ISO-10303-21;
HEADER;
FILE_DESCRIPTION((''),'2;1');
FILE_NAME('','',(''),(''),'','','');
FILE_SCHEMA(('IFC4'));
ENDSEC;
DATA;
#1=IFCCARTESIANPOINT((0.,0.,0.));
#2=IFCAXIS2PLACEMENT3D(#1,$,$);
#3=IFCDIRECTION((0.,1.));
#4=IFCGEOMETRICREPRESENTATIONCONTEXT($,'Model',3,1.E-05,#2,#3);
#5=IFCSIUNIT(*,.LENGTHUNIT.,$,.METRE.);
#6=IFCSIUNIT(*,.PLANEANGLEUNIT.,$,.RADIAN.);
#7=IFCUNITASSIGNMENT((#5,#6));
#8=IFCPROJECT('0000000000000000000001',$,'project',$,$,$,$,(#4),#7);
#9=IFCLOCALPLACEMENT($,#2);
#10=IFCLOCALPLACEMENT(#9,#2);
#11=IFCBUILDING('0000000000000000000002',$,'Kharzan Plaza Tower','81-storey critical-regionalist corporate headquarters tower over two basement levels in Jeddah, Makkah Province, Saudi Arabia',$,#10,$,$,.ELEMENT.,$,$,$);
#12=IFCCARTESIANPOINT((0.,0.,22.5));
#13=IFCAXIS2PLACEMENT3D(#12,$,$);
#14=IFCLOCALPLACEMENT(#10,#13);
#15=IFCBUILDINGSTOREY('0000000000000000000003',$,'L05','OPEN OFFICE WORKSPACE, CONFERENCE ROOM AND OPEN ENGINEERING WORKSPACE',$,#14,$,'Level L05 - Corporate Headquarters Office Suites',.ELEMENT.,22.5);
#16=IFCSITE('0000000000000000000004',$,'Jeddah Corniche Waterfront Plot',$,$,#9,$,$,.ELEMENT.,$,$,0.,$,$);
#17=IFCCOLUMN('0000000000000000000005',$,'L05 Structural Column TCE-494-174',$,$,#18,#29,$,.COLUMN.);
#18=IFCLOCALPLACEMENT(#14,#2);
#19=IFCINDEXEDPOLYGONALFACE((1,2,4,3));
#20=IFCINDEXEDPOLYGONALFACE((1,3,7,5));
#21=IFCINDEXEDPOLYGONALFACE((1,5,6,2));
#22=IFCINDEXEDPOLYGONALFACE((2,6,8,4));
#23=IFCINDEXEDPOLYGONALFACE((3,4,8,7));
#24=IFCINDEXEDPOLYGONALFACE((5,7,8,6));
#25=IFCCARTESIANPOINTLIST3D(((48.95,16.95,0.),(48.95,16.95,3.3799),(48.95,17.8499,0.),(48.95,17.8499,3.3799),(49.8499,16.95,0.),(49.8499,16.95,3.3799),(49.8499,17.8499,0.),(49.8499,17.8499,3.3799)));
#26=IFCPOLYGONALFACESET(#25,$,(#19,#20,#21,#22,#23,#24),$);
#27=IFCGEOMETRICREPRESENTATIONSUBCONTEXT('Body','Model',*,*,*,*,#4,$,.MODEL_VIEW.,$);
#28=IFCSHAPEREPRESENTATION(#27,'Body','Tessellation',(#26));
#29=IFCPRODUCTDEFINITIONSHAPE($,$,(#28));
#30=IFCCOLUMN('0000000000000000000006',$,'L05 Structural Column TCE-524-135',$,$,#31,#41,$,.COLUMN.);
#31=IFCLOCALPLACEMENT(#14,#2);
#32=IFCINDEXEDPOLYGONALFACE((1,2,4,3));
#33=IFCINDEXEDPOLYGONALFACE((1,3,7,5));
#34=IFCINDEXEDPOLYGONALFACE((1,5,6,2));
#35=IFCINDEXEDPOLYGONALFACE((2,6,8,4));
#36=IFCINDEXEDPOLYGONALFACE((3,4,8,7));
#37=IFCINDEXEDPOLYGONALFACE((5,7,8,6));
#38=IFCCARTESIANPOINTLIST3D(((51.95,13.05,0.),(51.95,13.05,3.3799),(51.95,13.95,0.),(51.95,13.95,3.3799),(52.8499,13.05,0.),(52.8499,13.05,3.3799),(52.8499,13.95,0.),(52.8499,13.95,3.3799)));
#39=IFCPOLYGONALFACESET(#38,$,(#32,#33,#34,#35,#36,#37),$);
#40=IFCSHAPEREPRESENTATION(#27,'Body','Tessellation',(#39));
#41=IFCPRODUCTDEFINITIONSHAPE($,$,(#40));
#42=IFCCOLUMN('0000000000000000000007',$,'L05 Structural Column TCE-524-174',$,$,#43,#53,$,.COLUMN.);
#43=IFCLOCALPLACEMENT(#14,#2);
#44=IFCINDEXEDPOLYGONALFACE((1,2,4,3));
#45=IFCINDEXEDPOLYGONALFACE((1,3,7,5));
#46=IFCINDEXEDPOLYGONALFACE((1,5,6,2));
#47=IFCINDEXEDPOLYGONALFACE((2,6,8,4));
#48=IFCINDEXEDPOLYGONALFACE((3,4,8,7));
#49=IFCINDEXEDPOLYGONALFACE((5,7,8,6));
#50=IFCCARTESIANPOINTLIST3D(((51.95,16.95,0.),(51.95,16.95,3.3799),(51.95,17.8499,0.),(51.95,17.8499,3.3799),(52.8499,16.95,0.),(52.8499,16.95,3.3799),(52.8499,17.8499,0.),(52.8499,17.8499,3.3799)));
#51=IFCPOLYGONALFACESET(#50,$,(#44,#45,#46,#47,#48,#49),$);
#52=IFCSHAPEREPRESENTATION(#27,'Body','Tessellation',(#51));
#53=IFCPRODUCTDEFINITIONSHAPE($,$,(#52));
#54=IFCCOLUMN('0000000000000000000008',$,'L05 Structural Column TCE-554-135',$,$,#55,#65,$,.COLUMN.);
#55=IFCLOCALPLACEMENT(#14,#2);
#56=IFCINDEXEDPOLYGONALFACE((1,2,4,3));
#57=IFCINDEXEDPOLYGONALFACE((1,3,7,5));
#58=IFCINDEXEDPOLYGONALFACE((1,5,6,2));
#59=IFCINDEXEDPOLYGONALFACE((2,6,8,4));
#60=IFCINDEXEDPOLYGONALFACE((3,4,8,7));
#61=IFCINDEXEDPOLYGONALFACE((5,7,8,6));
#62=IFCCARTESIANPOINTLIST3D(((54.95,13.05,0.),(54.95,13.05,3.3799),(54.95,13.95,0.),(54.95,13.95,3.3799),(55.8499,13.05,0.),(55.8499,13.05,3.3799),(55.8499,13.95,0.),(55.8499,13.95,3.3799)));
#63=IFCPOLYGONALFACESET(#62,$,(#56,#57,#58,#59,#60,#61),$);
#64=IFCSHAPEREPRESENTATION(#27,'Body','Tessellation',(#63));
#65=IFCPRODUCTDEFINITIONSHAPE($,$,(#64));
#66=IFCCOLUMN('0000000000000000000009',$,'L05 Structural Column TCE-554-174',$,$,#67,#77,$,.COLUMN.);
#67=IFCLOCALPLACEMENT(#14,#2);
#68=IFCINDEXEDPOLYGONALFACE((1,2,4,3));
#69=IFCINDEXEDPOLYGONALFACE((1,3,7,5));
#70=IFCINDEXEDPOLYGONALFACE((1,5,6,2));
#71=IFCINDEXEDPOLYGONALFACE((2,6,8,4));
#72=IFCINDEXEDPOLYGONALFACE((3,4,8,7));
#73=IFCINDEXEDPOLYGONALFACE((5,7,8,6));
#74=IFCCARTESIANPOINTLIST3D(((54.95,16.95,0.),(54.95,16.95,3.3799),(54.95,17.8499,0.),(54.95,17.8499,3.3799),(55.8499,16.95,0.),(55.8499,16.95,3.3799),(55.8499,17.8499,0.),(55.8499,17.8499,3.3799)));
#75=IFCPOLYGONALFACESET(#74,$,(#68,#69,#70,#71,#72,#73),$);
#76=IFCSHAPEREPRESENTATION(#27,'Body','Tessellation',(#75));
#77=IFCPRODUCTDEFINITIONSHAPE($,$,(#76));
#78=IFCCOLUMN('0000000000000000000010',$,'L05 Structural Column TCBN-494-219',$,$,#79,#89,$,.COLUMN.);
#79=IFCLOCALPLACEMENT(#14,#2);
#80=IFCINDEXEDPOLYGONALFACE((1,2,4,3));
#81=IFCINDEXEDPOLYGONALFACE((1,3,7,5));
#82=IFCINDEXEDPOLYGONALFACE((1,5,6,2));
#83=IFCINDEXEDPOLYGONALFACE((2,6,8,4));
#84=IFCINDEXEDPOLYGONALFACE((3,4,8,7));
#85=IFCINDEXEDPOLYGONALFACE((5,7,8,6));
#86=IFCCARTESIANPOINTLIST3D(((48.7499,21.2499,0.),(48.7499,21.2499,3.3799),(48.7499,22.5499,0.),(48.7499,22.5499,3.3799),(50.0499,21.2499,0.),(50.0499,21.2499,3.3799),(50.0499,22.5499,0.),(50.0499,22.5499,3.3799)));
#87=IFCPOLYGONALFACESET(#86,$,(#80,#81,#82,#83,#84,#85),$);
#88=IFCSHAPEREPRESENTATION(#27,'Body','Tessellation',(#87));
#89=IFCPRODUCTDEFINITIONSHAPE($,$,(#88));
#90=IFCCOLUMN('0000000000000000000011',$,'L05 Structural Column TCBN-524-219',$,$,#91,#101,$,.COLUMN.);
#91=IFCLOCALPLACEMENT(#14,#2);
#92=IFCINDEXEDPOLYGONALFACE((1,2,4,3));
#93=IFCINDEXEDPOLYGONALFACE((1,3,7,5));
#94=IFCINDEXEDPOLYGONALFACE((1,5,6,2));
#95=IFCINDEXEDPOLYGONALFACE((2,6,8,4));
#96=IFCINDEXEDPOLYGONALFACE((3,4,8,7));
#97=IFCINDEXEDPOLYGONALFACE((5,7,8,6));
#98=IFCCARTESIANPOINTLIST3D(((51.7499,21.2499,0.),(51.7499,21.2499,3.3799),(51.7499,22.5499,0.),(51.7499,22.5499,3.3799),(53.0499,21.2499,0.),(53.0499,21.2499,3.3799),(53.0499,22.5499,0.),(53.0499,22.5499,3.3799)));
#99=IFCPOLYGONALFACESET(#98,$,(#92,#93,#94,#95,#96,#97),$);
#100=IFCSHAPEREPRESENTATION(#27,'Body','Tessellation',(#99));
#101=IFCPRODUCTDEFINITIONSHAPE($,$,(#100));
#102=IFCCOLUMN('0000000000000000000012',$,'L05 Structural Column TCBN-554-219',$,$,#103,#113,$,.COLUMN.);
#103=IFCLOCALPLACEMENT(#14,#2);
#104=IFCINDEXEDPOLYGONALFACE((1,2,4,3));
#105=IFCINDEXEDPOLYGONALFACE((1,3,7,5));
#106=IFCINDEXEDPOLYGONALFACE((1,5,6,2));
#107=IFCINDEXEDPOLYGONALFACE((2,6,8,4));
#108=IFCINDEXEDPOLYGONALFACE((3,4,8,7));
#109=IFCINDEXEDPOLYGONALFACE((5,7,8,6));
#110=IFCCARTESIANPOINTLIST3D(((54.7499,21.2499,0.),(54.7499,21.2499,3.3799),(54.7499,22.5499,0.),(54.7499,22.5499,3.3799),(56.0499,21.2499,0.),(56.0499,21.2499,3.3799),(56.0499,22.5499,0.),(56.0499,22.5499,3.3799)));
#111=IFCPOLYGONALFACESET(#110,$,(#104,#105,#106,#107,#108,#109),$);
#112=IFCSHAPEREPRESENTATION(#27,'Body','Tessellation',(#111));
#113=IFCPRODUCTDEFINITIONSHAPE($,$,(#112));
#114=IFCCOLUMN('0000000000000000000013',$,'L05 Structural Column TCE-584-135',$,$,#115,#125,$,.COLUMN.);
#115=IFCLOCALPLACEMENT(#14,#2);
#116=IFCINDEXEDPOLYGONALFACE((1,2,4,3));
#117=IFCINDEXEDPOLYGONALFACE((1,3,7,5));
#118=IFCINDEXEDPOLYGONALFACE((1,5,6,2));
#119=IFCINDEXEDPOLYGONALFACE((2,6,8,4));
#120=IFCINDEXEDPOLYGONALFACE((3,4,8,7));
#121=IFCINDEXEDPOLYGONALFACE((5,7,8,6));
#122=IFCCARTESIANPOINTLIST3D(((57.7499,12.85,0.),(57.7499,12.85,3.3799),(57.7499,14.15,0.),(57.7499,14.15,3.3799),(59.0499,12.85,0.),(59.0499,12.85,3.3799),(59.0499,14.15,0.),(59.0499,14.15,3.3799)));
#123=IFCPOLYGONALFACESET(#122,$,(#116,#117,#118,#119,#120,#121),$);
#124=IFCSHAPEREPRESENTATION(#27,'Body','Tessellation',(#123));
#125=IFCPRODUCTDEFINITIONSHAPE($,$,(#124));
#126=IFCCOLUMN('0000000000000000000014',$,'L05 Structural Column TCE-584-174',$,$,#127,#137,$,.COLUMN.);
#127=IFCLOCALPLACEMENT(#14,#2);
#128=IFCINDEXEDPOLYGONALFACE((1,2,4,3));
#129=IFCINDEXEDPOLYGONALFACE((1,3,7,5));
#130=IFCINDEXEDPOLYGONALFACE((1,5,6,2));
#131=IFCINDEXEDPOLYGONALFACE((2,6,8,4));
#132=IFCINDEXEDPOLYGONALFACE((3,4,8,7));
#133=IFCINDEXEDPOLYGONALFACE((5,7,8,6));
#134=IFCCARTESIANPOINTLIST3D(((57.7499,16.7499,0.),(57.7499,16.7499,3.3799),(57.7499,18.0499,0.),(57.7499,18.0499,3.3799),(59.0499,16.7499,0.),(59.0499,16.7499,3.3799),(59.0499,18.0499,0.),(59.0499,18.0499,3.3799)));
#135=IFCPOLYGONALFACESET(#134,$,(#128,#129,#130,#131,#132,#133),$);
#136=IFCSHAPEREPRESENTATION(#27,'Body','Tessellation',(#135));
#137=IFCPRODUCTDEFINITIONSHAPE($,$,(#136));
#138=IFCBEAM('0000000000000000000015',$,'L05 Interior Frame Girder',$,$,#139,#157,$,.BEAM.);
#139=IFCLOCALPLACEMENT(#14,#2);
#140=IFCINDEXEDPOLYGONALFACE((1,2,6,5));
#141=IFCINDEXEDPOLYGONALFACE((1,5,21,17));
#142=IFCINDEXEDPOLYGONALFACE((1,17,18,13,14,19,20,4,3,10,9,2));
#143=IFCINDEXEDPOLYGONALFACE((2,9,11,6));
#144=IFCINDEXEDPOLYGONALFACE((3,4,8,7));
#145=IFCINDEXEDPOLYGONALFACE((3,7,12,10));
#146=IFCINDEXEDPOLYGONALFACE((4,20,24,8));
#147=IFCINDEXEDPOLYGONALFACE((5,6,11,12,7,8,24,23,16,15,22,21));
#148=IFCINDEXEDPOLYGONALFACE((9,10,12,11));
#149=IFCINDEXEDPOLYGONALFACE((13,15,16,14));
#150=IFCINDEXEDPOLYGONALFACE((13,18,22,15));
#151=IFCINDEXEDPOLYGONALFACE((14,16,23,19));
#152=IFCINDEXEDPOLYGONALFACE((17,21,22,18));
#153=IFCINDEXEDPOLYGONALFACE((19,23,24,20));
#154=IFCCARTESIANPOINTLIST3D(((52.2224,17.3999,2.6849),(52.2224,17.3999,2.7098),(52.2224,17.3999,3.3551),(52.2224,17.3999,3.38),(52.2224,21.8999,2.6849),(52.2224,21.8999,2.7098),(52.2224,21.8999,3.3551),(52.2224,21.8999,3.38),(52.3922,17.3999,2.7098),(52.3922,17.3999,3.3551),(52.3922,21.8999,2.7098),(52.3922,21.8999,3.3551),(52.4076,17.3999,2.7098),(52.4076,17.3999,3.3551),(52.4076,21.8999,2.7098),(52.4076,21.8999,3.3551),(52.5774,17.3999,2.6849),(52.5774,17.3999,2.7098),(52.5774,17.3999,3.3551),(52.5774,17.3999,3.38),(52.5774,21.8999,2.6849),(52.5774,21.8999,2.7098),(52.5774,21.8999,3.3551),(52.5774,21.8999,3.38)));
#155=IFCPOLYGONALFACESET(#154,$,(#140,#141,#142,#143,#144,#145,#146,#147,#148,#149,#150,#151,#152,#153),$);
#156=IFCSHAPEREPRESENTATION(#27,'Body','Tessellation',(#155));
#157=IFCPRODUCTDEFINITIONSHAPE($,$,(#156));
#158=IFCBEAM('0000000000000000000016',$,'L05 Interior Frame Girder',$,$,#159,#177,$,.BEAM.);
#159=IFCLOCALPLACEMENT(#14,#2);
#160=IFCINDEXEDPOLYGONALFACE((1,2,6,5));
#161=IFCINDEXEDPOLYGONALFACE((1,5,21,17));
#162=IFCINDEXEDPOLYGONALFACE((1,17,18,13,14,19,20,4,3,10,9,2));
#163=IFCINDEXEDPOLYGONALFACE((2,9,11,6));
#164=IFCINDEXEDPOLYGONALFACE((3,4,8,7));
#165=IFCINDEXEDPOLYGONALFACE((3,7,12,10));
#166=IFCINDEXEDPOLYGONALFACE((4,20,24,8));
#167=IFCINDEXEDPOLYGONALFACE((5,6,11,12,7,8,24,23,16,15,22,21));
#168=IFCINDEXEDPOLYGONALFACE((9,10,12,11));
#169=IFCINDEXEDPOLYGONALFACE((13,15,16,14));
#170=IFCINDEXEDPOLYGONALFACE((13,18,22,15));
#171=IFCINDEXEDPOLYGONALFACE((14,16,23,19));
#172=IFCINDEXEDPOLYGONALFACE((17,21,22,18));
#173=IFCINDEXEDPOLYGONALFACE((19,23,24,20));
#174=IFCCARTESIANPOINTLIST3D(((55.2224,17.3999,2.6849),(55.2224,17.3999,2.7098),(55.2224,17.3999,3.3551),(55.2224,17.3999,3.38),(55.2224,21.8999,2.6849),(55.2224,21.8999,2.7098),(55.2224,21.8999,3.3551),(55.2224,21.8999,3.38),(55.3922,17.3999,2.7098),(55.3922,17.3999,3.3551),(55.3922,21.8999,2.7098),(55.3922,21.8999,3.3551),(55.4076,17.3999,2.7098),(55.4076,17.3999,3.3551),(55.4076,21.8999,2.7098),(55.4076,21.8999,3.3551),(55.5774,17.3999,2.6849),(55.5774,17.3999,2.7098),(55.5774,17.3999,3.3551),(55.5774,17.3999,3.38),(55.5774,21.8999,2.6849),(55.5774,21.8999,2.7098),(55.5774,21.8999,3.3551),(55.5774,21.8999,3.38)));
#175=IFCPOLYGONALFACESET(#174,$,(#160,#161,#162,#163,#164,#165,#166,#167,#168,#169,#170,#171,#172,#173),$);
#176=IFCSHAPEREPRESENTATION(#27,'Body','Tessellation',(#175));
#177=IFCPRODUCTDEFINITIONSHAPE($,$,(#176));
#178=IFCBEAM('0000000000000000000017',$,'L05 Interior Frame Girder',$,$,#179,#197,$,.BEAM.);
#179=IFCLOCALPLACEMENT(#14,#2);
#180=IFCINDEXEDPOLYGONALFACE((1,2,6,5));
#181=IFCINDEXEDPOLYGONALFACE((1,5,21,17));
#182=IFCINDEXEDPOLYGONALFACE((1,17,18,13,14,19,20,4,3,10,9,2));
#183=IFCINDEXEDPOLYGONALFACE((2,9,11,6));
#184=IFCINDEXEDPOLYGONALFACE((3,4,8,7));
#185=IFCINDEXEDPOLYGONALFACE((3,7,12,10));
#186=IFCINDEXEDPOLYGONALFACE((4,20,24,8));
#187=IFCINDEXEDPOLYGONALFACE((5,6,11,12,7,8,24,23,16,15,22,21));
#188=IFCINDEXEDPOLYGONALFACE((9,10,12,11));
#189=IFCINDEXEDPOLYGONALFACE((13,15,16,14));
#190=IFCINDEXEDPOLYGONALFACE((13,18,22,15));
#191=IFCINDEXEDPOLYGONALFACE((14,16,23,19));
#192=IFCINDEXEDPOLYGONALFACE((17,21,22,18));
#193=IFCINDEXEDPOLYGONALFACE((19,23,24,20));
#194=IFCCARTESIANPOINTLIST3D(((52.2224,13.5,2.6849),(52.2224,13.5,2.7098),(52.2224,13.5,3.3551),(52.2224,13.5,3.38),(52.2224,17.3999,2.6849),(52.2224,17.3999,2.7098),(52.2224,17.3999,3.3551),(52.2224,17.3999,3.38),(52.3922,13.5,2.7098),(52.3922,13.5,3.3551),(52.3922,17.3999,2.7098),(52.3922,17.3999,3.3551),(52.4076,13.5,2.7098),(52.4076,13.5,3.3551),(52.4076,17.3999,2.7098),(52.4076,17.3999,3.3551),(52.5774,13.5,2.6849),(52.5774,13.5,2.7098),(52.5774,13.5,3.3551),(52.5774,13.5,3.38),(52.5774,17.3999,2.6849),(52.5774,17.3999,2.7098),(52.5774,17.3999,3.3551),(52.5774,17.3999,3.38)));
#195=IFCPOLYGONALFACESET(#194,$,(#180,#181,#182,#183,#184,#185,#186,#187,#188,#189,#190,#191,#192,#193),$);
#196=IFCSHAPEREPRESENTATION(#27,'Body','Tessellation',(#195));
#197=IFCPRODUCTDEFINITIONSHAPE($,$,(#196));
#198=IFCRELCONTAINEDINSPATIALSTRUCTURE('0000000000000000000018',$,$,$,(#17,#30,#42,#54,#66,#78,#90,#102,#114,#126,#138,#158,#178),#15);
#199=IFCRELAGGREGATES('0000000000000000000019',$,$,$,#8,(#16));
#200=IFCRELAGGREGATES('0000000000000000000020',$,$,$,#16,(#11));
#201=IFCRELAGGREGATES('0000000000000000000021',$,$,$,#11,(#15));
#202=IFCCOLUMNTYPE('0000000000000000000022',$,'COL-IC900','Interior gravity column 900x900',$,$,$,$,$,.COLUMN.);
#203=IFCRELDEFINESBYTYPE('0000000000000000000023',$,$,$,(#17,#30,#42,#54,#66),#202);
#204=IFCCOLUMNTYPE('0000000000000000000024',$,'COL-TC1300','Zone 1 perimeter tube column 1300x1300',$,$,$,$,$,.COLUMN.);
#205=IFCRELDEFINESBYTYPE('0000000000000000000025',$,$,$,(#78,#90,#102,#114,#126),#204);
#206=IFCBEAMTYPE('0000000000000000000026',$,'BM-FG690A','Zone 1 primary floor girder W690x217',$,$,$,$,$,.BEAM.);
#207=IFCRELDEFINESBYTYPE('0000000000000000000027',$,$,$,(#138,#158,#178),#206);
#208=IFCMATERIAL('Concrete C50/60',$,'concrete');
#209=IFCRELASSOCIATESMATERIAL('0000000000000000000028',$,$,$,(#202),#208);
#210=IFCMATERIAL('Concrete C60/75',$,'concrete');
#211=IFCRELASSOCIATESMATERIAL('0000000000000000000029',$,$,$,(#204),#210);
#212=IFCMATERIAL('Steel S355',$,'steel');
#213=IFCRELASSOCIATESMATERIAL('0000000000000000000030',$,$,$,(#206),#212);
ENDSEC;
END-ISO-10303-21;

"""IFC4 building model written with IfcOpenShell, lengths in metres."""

from ifc_helpers import new_model, si_unit, direction, frame, origin, origin_2d, place, context, subcontext, project, spatial, rectangle, i_section, extrude, source, transform, mapped, material, material_profile, profile_set, type_object, element, save


model = new_model("IFC4")

# Units and contexts
model_context = context("Model", 3, precision=1e-05, world=origin(), true_north=direction((0.0, 1.0)))
body_context = subcontext(model_context, "Body", "Model", "MODEL_VIEW")
ifc_project = project(units=[si_unit("LENGTHUNIT", "METRE"), si_unit("PLANEANGLEUNIT", "RADIAN")], contexts=[model_context])

# Site, building, storey
site_placement = place(None, origin())
site = spatial("IfcSite", under=ifc_project, at=site_placement, Name="Jeddah Corniche Waterfront Plot", CompositionType="ELEMENT", RefElevation=0.0)
building_placement = place(site_placement, origin())
building = spatial("IfcBuilding", under=site, at=building_placement, Name="Kharzan Plaza Tower", Description="81-storey critical-regionalist corporate headquarters tower over two basement levels in Jeddah, Makkah Province, Saudi Arabia", CompositionType="ELEMENT")
storey_placement = place(building_placement, frame((0.0, 0.0, 22.5)))
storey = spatial("IfcBuildingStorey", under=building, at=storey_placement, Name="L05", Description="OPEN OFFICE WORKSPACE, CONFERENCE ROOM AND OPEN ENGINEERING WORKSPACE", LongName="Level L05 - Corporate Headquarters Office Suites", CompositionType="ELEMENT", Elevation=22.5)

# Columns
ifc_material_1 = material(Name="Concrete C50/60", Category="concrete")
ifc_material_profile_1 = material_profile(ifc_material_1, rectangle(XDim=0.8999, YDim=0.8999, at=origin_2d()), Name="RC-IC900x900")
ifc_profile_set_1 = profile_set([ifc_material_profile_1], Name="Concrete C50/60")
column_type_1 = type_object("IfcColumnType", Name="COL-IC900", Description="Interior gravity column 900x900", PredefinedType="COLUMN", material=ifc_profile_set_1)
shared_shape_1 = source(origin(), body_context, "Body", "SweptSolid", [
    extrude(rectangle(XDim=0.8999, YDim=0.8999, at=origin_2d()), origin(), (0.0, 0.0, 1.0), 3.3799),
])
for number, where, z_axis, x_axis, name in (
    (1, (49.3999, 17.3999, 0.0), (0.0, 0.0, 1.0), (1.0, 0.0, 0.0), "L05 Structural Column TCE-494-174"),
    (2, (52.3999, 13.5, 0.0), (0.0, 0.0, 1.0), (1.0, 0.0, 0.0), "L05 Structural Column TCE-524-135"),
    (3, (52.3999, 17.3999, 0.0), (0.0, 0.0, 1.0), (1.0, 0.0, 0.0), "L05 Structural Column TCE-524-174"),
    (4, (55.3999, 13.5, 0.0), (0.0, 0.0, 1.0), (1.0, 0.0, 0.0), "L05 Structural Column TCE-554-135"),
    (5, (55.3999, 17.3999, 0.0), (0.0, 0.0, 1.0), (1.0, 0.0, 0.0), "L05 Structural Column TCE-554-174"),
):
    element("IfcColumn", number, at=place(storey_placement, frame(where, z_axis=z_axis, x_axis=x_axis)), inside=storey, type_object=column_type_1, Name=name, PredefinedType="COLUMN", context=body_context, shape_type="MappedRepresentation", body=[
        mapped(shared_shape_1, transform((0.0, 0.0, 0.0), x_axis=(1.0, 0.0, 0.0), y_axis=(0.0, 1.0, 0.0), z_axis=(0.0, 0.0, 1.0))),
    ])
ifc_material_2 = material(Name="Concrete C60/75", Category="concrete")
ifc_material_profile_2 = material_profile(ifc_material_2, rectangle(XDim=1.3, YDim=1.3, at=origin_2d()), Name="RC-TC1300x1300")
ifc_profile_set_2 = profile_set([ifc_material_profile_2], Name="Concrete C60/75")
column_type_2 = type_object("IfcColumnType", Name="COL-TC1300", Description="Zone 1 perimeter tube column 1300x1300", PredefinedType="COLUMN", material=ifc_profile_set_2)
shared_shape_2 = source(origin(), body_context, "Body", "SweptSolid", [
    extrude(rectangle(XDim=1.3, YDim=1.3, at=origin_2d()), origin(), (0.0, 0.0, 1.0), 3.3799),
])
for number, where, z_axis, x_axis, name in (
    (6, (49.3999, 21.8999, 0.0), (0.0, 0.0, 1.0), (1.0, 0.0, 0.0), "L05 Structural Column TCBN-494-219"),
    (7, (52.3999, 21.8999, 0.0), (0.0, 0.0, 1.0), (1.0, 0.0, 0.0), "L05 Structural Column TCBN-524-219"),
    (8, (55.3999, 21.8999, 0.0), (0.0, 0.0, 1.0), (1.0, 0.0, 0.0), "L05 Structural Column TCBN-554-219"),
    (9, (58.3999, 13.5, 0.0), (0.0, 0.0, 1.0), (1.0, 0.0, 0.0), "L05 Structural Column TCE-584-135"),
    (10, (58.3999, 17.3999, 0.0), (0.0, 0.0, 1.0), (1.0, 0.0, 0.0), "L05 Structural Column TCE-584-174"),
):
    element("IfcColumn", number, at=place(storey_placement, frame(where, z_axis=z_axis, x_axis=x_axis)), inside=storey, type_object=column_type_2, Name=name, PredefinedType="COLUMN", context=body_context, shape_type="MappedRepresentation", body=[
        mapped(shared_shape_2, transform((0.0, 0.0, 0.0), x_axis=(1.0, 0.0, 0.0), y_axis=(0.0, 1.0, 0.0), z_axis=(0.0, 0.0, 1.0))),
    ])

# Beams
ifc_material_3 = material(Name="Steel S355", Category="steel")
ifc_material_profile_3 = material_profile(ifc_material_3, i_section(OverallWidth=0.355, OverallDepth=0.6951, WebThickness=0.0154, FlangeThickness=0.0249, at=origin_2d()), Name="W690x217")
ifc_profile_set_3 = profile_set([ifc_material_profile_3], Name="Steel S355")
beam_type_1 = type_object("IfcBeamType", Name="BM-FG690A", Description="Zone 1 primary floor girder W690x217", PredefinedType="BEAM", material=ifc_profile_set_3)
shared_shape_3 = source(origin(), body_context, "Body", "SweptSolid", [
    extrude(i_section(OverallWidth=0.355, OverallDepth=0.6951, WebThickness=0.0154, FlangeThickness=0.0249, at=origin_2d()), origin(), (0.0, 0.0, 1.0), 4.5),
])
for number, where, z_axis, x_axis, name in (
    (11, (52.3999, 17.3999, 3.0325), (0.0, 1.0, 0.0), (-1.0, 0.0, 0.0), "L05 Interior Frame Girder"),
    (12, (55.3999, 17.3999, 3.0325), (0.0, 1.0, 0.0), (-1.0, 0.0, 0.0), "L05 Interior Frame Girder"),
):
    element("IfcBeam", number, at=place(storey_placement, frame(where, z_axis=z_axis, x_axis=x_axis)), inside=storey, type_object=beam_type_1, Name=name, PredefinedType="BEAM", context=body_context, shape_type="MappedRepresentation", body=[
        mapped(shared_shape_3, transform((0.0, 0.0, 0.0), x_axis=(1.0, 0.0, 0.0), y_axis=(0.0, 1.0, 0.0), z_axis=(0.0, 0.0, 1.0))),
    ])
shared_shape_4 = source(origin(), body_context, "Body", "SweptSolid", [
    extrude(i_section(OverallWidth=0.355, OverallDepth=0.6951, WebThickness=0.0154, FlangeThickness=0.0249, at=origin_2d()), origin(), (0.0, 0.0, 1.0), 3.8999),
])
for number, where, z_axis, x_axis, name in (
    (13, (52.3999, 13.5, 3.0325), (0.0, 1.0, 0.0), (-1.0, 0.0, 0.0), "L05 Interior Frame Girder"),
):
    element("IfcBeam", number, at=place(storey_placement, frame(where, z_axis=z_axis, x_axis=x_axis)), inside=storey, type_object=beam_type_1, Name=name, PredefinedType="BEAM", context=body_context, shape_type="MappedRepresentation", body=[
        mapped(shared_shape_4, transform((0.0, 0.0, 0.0), x_axis=(1.0, 0.0, 0.0), y_axis=(0.0, 1.0, 0.0), z_axis=(0.0, 0.0, 1.0))),
    ])

save(model, "model.ifc")
